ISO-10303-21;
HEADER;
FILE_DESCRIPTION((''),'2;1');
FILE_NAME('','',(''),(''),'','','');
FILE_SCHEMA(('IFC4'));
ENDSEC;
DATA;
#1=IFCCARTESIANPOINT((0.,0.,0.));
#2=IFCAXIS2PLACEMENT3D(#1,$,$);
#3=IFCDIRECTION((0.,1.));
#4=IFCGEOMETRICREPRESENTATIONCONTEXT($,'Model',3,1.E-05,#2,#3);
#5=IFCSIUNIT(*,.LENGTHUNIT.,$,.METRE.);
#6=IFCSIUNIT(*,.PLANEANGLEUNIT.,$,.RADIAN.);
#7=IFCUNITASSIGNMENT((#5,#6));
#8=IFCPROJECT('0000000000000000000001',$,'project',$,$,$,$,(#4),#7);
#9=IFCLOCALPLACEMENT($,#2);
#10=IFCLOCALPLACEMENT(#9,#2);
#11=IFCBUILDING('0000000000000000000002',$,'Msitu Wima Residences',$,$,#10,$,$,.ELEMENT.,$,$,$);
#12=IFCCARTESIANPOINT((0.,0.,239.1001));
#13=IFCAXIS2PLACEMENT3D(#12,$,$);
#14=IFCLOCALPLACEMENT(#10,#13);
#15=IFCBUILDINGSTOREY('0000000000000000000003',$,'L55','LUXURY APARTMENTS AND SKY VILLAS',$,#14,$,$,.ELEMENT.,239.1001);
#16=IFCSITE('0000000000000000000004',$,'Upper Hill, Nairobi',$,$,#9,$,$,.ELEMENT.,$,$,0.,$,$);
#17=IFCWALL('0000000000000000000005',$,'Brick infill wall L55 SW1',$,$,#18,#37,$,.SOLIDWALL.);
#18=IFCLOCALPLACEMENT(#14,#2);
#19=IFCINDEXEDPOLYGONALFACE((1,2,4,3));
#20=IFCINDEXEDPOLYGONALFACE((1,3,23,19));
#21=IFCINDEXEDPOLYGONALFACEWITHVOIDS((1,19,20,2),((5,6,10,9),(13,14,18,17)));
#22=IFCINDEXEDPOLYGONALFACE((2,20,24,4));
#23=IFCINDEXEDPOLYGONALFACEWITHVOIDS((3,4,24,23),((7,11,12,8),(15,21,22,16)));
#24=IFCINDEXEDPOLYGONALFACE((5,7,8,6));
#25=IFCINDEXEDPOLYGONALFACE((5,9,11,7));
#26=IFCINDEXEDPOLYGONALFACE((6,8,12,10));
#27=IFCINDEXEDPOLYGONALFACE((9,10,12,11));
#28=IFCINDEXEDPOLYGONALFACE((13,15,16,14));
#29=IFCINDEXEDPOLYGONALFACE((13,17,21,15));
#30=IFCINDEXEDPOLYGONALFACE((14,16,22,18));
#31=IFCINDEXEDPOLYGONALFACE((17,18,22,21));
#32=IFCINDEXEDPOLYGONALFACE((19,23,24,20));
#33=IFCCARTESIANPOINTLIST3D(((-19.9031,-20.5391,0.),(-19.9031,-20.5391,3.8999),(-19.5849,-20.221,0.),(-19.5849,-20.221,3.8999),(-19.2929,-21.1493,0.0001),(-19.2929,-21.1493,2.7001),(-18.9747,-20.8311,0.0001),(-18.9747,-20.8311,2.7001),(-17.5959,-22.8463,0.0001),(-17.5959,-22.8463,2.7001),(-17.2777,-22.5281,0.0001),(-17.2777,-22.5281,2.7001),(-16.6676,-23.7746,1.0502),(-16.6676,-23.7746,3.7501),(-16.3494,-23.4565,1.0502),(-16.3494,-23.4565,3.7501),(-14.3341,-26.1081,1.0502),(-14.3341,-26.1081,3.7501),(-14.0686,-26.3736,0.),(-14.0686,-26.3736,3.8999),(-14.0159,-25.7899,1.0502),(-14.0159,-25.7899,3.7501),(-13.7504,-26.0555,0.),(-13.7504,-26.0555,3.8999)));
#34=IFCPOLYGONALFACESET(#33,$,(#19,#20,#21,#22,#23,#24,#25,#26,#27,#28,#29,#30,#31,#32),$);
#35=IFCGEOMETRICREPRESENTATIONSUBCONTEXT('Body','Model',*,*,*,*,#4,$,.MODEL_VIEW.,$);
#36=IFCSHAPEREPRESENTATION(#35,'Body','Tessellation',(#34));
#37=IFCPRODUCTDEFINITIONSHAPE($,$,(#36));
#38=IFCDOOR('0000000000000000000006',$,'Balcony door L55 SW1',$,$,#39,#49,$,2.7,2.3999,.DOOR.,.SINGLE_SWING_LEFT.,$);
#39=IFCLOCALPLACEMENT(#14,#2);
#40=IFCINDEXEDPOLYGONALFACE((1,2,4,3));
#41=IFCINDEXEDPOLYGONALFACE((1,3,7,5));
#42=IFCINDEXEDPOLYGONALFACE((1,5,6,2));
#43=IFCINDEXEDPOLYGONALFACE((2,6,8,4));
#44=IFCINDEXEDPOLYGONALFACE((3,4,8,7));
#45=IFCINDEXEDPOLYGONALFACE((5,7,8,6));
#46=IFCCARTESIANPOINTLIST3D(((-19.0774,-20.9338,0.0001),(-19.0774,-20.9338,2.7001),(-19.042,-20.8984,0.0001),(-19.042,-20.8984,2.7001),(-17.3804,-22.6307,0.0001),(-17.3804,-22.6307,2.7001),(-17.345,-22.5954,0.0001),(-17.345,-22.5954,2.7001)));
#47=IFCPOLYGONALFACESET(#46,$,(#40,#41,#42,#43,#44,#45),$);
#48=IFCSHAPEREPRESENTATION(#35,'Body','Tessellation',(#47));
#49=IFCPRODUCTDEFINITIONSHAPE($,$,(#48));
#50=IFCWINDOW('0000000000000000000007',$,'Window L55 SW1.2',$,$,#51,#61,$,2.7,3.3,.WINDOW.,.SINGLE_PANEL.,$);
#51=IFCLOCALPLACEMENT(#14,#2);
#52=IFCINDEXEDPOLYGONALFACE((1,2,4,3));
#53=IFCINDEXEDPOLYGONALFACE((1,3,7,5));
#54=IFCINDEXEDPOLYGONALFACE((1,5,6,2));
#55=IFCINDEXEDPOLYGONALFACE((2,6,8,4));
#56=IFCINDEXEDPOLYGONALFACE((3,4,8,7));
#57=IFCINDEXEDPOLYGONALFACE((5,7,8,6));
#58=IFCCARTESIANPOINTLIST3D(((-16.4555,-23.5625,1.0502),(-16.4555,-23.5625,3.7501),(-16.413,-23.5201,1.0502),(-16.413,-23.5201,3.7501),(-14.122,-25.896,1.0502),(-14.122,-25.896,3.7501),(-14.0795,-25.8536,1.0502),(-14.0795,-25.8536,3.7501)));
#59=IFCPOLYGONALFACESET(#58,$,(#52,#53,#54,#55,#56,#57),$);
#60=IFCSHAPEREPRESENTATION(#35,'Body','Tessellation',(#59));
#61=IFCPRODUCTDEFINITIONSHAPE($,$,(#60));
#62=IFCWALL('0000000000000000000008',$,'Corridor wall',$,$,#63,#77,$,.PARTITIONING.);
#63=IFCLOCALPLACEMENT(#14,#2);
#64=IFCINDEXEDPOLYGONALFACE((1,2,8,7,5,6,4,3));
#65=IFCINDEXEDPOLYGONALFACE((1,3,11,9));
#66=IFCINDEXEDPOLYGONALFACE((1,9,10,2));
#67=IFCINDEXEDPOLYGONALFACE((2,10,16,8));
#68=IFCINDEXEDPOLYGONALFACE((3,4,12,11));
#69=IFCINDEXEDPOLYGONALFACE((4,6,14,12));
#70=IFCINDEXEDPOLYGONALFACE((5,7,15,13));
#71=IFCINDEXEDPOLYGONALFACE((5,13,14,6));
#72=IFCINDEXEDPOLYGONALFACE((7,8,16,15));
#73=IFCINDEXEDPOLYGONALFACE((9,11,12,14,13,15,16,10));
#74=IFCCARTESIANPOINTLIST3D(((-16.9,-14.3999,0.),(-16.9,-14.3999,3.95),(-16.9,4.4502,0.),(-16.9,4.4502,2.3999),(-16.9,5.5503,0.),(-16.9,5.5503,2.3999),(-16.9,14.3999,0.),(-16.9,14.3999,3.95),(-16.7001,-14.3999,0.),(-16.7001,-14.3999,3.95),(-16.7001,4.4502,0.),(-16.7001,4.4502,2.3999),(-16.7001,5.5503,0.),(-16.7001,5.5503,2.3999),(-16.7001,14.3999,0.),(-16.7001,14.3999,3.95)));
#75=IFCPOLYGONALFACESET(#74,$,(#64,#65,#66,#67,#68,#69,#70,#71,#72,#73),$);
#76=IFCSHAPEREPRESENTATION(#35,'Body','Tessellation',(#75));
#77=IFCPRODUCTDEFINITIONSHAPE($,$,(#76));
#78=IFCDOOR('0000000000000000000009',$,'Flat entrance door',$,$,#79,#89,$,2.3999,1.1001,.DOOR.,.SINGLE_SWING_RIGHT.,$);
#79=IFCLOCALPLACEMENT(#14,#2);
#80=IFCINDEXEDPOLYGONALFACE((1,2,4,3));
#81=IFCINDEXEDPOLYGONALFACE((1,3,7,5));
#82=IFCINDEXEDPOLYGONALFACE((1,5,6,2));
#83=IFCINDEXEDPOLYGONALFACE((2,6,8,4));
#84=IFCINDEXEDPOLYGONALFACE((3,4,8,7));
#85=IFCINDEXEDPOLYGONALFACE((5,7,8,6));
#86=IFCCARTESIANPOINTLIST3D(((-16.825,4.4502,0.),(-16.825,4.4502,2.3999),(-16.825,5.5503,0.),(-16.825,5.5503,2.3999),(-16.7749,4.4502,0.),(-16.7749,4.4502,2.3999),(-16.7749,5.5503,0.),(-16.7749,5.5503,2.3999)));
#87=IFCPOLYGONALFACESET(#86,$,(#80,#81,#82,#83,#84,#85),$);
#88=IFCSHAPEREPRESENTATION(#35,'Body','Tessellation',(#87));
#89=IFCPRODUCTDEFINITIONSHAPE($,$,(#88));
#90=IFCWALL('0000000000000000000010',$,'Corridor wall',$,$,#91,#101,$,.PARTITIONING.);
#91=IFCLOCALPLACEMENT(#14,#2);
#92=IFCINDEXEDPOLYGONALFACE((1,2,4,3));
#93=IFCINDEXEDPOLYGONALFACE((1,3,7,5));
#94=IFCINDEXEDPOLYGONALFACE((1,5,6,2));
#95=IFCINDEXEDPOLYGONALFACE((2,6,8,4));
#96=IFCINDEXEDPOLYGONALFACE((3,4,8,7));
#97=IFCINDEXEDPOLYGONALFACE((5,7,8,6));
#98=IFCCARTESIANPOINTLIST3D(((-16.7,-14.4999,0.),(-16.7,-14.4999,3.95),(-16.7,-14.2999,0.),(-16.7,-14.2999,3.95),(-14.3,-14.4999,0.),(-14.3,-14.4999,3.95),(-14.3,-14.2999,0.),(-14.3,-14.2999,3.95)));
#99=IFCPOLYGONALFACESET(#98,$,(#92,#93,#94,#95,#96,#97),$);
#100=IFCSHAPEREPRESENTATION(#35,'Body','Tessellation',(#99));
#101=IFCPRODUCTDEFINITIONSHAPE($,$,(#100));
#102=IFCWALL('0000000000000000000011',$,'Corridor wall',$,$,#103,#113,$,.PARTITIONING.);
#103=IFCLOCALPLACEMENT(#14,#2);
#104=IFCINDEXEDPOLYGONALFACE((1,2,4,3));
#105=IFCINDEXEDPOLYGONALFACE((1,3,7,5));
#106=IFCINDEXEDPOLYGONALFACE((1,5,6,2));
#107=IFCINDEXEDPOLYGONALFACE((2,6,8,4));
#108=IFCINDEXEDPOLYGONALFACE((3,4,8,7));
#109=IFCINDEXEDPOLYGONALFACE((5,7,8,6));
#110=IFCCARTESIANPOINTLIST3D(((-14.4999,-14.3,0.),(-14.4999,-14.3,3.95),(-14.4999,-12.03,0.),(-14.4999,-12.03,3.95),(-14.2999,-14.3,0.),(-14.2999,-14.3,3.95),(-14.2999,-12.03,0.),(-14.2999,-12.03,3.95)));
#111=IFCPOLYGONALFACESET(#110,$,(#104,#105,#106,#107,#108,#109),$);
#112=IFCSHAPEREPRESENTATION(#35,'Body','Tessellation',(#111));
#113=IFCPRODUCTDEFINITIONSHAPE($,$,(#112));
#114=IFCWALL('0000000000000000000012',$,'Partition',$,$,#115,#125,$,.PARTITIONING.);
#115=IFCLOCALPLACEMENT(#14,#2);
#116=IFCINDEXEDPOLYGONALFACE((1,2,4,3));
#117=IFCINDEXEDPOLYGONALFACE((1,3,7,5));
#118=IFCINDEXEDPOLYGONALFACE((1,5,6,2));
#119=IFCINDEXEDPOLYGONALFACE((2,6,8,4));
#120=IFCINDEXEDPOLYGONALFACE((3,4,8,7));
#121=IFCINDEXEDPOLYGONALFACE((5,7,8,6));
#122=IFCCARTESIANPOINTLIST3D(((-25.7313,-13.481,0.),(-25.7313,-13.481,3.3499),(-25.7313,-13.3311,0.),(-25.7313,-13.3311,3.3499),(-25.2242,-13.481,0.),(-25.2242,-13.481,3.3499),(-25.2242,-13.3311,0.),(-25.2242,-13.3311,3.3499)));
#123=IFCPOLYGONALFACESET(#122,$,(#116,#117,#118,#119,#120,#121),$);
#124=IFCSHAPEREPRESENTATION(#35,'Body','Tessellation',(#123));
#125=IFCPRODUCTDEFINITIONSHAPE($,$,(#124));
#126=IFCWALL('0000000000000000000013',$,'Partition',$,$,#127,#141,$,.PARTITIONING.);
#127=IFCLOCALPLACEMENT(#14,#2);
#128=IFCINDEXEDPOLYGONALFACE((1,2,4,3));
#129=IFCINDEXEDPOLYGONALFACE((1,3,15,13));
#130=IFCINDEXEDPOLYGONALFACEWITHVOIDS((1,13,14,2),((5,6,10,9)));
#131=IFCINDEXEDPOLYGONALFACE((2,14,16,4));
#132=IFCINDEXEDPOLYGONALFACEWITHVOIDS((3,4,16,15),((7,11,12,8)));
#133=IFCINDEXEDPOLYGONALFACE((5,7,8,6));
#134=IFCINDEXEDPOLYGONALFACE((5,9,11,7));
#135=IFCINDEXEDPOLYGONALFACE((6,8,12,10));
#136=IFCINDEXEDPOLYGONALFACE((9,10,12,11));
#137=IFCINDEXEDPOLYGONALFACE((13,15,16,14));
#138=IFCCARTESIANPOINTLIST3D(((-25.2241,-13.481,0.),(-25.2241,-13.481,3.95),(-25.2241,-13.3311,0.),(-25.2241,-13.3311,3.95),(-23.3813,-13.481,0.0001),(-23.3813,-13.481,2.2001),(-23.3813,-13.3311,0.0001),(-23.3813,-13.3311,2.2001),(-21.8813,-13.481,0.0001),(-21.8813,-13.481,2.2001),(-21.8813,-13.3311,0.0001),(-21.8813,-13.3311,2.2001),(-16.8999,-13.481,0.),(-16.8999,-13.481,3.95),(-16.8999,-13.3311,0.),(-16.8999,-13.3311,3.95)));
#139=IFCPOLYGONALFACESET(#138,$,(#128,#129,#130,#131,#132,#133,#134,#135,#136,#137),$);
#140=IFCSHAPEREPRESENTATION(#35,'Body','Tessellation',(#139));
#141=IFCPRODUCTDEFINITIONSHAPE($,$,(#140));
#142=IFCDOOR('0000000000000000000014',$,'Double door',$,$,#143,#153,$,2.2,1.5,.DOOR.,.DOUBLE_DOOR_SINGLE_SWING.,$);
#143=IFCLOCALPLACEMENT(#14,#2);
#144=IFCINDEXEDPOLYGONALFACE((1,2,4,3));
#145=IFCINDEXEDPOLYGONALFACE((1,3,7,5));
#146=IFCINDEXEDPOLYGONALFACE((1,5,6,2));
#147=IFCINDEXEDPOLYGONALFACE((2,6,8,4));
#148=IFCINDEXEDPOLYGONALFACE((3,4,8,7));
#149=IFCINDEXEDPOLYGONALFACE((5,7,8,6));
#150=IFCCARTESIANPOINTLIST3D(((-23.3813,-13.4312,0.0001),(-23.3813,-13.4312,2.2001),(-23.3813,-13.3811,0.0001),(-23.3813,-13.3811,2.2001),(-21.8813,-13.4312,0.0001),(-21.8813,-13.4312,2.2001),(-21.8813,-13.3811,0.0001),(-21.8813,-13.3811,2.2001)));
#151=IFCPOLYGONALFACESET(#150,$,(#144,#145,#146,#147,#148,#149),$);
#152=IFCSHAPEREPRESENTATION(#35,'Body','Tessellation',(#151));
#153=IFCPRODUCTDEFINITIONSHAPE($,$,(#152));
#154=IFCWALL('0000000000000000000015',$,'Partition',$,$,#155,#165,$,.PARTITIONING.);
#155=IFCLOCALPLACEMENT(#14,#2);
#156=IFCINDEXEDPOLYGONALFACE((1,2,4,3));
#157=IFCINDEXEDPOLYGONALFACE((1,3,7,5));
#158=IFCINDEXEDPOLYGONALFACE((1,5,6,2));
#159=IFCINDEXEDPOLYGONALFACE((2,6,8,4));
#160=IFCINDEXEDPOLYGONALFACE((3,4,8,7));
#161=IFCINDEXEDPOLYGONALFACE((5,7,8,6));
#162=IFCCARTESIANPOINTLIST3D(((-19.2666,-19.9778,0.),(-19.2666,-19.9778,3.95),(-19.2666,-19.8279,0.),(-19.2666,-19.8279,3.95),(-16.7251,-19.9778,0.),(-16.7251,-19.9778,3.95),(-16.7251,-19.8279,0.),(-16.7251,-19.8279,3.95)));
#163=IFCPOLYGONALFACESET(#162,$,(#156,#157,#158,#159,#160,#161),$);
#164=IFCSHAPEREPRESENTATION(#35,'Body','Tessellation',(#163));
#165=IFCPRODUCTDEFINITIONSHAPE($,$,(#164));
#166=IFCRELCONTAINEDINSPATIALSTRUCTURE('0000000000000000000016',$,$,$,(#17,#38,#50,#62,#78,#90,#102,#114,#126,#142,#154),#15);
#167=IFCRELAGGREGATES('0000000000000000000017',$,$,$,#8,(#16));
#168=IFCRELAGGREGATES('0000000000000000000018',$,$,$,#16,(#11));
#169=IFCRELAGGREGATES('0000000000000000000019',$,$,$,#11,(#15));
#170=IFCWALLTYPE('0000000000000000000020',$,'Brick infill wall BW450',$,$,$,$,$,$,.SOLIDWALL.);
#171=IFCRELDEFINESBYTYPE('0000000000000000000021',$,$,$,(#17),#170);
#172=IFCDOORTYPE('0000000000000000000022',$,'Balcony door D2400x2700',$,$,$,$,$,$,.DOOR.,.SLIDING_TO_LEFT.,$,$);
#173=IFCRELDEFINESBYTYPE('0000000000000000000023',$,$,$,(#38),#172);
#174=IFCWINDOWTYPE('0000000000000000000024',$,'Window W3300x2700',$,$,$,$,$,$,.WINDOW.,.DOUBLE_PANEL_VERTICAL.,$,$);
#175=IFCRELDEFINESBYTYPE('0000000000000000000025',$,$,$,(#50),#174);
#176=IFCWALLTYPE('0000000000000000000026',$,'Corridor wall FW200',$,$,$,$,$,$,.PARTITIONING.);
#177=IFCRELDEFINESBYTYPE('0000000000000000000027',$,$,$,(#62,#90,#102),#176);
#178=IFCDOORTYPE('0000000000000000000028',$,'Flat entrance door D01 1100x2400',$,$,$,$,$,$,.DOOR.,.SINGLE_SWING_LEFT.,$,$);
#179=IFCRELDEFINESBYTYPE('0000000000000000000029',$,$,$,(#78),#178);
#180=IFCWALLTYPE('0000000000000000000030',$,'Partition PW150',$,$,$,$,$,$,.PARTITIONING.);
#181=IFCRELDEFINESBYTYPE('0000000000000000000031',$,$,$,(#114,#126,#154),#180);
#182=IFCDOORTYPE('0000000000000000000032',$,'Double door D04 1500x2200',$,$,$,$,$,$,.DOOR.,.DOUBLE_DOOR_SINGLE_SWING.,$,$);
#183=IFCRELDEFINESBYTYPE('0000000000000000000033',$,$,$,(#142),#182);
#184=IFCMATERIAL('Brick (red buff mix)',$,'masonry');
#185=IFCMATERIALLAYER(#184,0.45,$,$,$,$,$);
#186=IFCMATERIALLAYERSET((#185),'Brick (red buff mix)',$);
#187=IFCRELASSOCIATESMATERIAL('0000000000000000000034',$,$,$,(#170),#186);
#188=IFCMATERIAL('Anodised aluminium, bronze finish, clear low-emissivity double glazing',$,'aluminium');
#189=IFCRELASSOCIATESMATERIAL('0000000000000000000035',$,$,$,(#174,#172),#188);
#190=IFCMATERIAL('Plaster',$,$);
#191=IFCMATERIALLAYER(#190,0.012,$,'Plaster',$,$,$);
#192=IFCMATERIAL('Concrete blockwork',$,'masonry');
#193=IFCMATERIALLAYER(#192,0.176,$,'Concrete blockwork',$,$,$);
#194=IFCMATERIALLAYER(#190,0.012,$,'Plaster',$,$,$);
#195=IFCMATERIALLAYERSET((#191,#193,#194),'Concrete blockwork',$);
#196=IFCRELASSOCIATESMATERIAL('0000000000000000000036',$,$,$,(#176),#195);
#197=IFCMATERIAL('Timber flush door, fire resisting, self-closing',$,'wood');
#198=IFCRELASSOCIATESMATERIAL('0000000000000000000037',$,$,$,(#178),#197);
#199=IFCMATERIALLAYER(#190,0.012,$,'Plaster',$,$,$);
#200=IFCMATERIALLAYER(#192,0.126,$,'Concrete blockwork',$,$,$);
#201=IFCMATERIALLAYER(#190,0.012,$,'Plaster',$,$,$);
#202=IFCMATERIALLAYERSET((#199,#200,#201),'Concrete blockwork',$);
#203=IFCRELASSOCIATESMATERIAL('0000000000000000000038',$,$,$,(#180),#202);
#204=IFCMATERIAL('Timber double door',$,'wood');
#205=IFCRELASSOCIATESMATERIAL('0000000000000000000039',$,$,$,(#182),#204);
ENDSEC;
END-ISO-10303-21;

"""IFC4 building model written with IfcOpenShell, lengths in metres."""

from ifc_helpers import new_model, si_unit, direction, frame, frame_2d, origin, place, context, subcontext, project, spatial, rectangle, extrude, material, layer, layer_set, type_object, element, fill, save


model = new_model("IFC4")

# Units and contexts
model_context = context("Model", 3, precision=1e-05, world=origin(), true_north=direction((0.0, 1.0)))
body_context = subcontext(model_context, "Body", "Model", "MODEL_VIEW")
ifc_project = project(units=[si_unit("LENGTHUNIT", "METRE"), si_unit("PLANEANGLEUNIT", "RADIAN")], contexts=[model_context])

# Site, building, storey
site_placement = place(None, origin())
site = spatial("IfcSite", under=ifc_project, at=site_placement, Name="Upper Hill, Nairobi", CompositionType="ELEMENT", RefElevation=0.0)
building_placement = place(site_placement, origin())
building = spatial("IfcBuilding", under=site, at=building_placement, Name="Msitu Wima Residences", CompositionType="ELEMENT")
storey_placement = place(building_placement, frame((0.0, 0.0, 239.1001)))
storey = spatial("IfcBuildingStorey", under=building, at=storey_placement, Name="L55", Description="LUXURY APARTMENTS AND SKY VILLAS", CompositionType="ELEMENT", Elevation=239.1001)

# Shared definitions
ifc_material_1 = material(Name="Brick (red buff mix)", Category="masonry")
ifc_layer_1 = layer(ifc_material_1, 0.45)
ifc_layer_set_1 = layer_set([ifc_layer_1], Name="Brick (red buff mix)")
wall_type_1 = type_object("IfcWallType", Name="Brick infill wall BW450", PredefinedType="SOLIDWALL", material=ifc_layer_set_1)
ifc_material_2 = material(Name="Anodised aluminium, bronze finish, clear low-emissivity double glazing", Category="aluminium")
window_type = type_object("IfcWindowType", Name="Window W3300x2700", PartitioningType="DOUBLE_PANEL_VERTICAL", PredefinedType="WINDOW", material=ifc_material_2)

# Wall, openings, door, window
wall_1_placement = place(storey_placement, frame((-19.7439, -20.3801, 0.0), z_axis=(0.0, 0.0, 1.0), x_axis=(0.707107, -0.707107, 0.0)))
wall_1 = element("IfcWall", 1, at=wall_1_placement, inside=storey, type_object=wall_type_1, Name="Brick infill wall L55 SW1", PredefinedType="SOLIDWALL", context=body_context, shape_type="SweptSolid", body=[
    extrude(rectangle(XDim=8.2512, YDim=0.45, at=frame_2d((4.1255, 0.0))), origin(), (0.0, 0.0, 1.0), 3.8999),
])
opening_1_placement = place(wall_1_placement, frame((0.8628, 0.0, 0.0)))
opening_1 = element("IfcOpeningElement", 2, at=opening_1_placement, cuts=wall_1, PredefinedType="OPENING", context=body_context, shape_type="SweptSolid", body=[
    extrude(rectangle(XDim=2.3999, YDim=2.7, at=frame_2d((1.2, 1.3501))), frame((0.0, 0.2349, 0.0), z_axis=(0.0, -1.0, 0.0), x_axis=(1.0, 0.0, 0.0)), (0.0, 0.0, 1.0), 0.47),
])
opening_2_placement = place(wall_1_placement, frame((4.5757, 0.0, 1.05)))
opening_2 = element("IfcOpeningElement", 3, at=opening_2_placement, cuts=wall_1, PredefinedType="OPENING", context=body_context, shape_type="SweptSolid", body=[
    extrude(rectangle(XDim=3.3, YDim=2.7, at=frame_2d((1.6499, 1.3501))), frame((0.0, 0.2349, 0.0), z_axis=(0.0, -1.0, 0.0), x_axis=(1.0, 0.0, 0.0)), (0.0, 0.0, 1.0), 0.47),
])
door_type_1 = type_object("IfcDoorType", Name="Balcony door D2400x2700", OperationType="SLIDING_TO_LEFT", PredefinedType="DOOR", material=ifc_material_2)
door_1_placement = place(opening_1_placement, origin())
door_1 = element("IfcDoor", 4, at=door_1_placement, inside=storey, type_object=door_type_1, Name="Balcony door L55 SW1", OperationType="SINGLE_SWING_LEFT", OverallHeight=2.7, OverallWidth=2.3999, PredefinedType="DOOR", context=body_context, shape_type="SweptSolid", body=[
    extrude(rectangle(XDim=2.3999, YDim=2.7, at=frame_2d((1.2, 1.3501))), frame((0.0, 0.1299, 0.0), z_axis=(0.0, -1.0, 0.0), x_axis=(1.0, 0.0, 0.0)), (0.0, 0.0, 1.0), 0.05),
])
fill(opening_1, door_1)
window_1_placement = place(opening_2_placement, origin())
window_1 = element("IfcWindow", 5, at=window_1_placement, inside=storey, type_object=window_type, Name="Window L55 SW1.2", OverallHeight=2.7, OverallWidth=3.3, PartitioningType="SINGLE_PANEL", PredefinedType="WINDOW", context=body_context, shape_type="SweptSolid", body=[
    extrude(rectangle(XDim=3.3, YDim=2.7, at=frame_2d((1.6499, 1.3501))), frame((0.0, 0.135, 0.0), z_axis=(0.0, -1.0, 0.0), x_axis=(1.0, 0.0, 0.0)), (0.0, 0.0, 1.0), 0.0601),
])
fill(opening_2, window_1)

# Wall, opening, door
ifc_material_3 = material(Name="Plaster")
ifc_layer_2 = layer(ifc_material_3, 0.012, Name="Plaster")
ifc_material_4 = material(Name="Concrete blockwork", Category="masonry")
ifc_layer_3 = layer(ifc_material_4, 0.176, Name="Concrete blockwork")
ifc_layer_4 = layer(ifc_material_3, 0.012, Name="Plaster")
ifc_layer_set_2 = layer_set([ifc_layer_2, ifc_layer_3, ifc_layer_4], Name="Concrete blockwork")
wall_type_2 = type_object("IfcWallType", Name="Corridor wall FW200", PredefinedType="PARTITIONING", material=ifc_layer_set_2)
wall_2_placement = place(storey_placement, frame((-16.8, -14.3999, 0.0), z_axis=(0.0, 0.0, 1.0), x_axis=(0.0, 1.0, 0.0)))
wall_2 = element("IfcWall", 6, at=wall_2_placement, inside=storey, type_object=wall_type_2, Name="Corridor wall", PredefinedType="PARTITIONING", context=body_context, shape_type="SweptSolid", body=[
    extrude(rectangle(XDim=28.7998, YDim=0.2, at=frame_2d((14.3999, 0.0))), origin(), (0.0, 0.0, 1.0), 3.95),
])
opening_3_placement = place(wall_2_placement, frame((18.8501, 0.0, 0.0)))
opening_3 = element("IfcOpeningElement", 7, at=opening_3_placement, cuts=wall_2, PredefinedType="OPENING", context=body_context, shape_type="SweptSolid", body=[
    extrude(rectangle(XDim=1.1001, YDim=2.3999, at=frame_2d((0.55, 1.2))), frame((0.0, 0.1099, 0.0), z_axis=(0.0, -1.0, 0.0), x_axis=(1.0, 0.0, 0.0)), (0.0, 0.0, 1.0), 0.22),
])
ifc_material_5 = material(Name="Timber flush door, fire resisting, self-closing", Category="wood")
door_type_2 = type_object("IfcDoorType", Name="Flat entrance door D01 1100x2400", OperationType="SINGLE_SWING_LEFT", PredefinedType="DOOR", material=ifc_material_5)
door_2_placement = place(opening_3_placement, origin())
door_2 = element("IfcDoor", 8, at=door_2_placement, inside=storey, type_object=door_type_2, Name="Flat entrance door", OperationType="SINGLE_SWING_RIGHT", OverallHeight=2.3999, OverallWidth=1.1001, PredefinedType="DOOR", context=body_context, shape_type="SweptSolid", body=[
    extrude(rectangle(XDim=1.1001, YDim=2.3999, at=frame_2d((0.55, 1.2))), frame((0.0, 0.0249, 0.0), z_axis=(0.0, -1.0, 0.0), x_axis=(1.0, 0.0, 0.0)), (0.0, 0.0, 1.0), 0.05),
])
fill(opening_3, door_2)

# Walls
wall_3_placement = place(storey_placement, frame((-16.7, -14.3999, 0.0), z_axis=(0.0, 0.0, 1.0), x_axis=(1.0, 0.0, 0.0)))
element("IfcWall", 9, at=wall_3_placement, inside=storey, type_object=wall_type_2, Name="Corridor wall", PredefinedType="PARTITIONING", context=body_context, shape_type="SweptSolid", body=[
    extrude(rectangle(XDim=2.3999, YDim=0.2, at=frame_2d((1.2, 0.0))), origin(), (0.0, 0.0, 1.0), 3.95),
])
wall_4_placement = place(storey_placement, frame((-14.3999, -14.3, 0.0), z_axis=(0.0, 0.0, 1.0), x_axis=(0.0, 1.0, 0.0)))
element("IfcWall", 10, at=wall_4_placement, inside=storey, type_object=wall_type_2, Name="Corridor wall", PredefinedType="PARTITIONING", context=body_context, shape_type="SweptSolid", body=[
    extrude(rectangle(XDim=2.27, YDim=0.2, at=frame_2d((1.135, 0.0))), origin(), (0.0, 0.0, 1.0), 3.95),
])
ifc_layer_5 = layer(ifc_material_3, 0.012, Name="Plaster")
ifc_layer_6 = layer(ifc_material_4, 0.126, Name="Concrete blockwork")
ifc_layer_7 = layer(ifc_material_3, 0.012, Name="Plaster")
ifc_layer_set_3 = layer_set([ifc_layer_5, ifc_layer_6, ifc_layer_7], Name="Concrete blockwork")
wall_type_3 = type_object("IfcWallType", Name="Partition PW150", PredefinedType="PARTITIONING", material=ifc_layer_set_3)
wall_5_placement = place(storey_placement, frame((-25.7312, -13.406, 0.0), z_axis=(0.0, 0.0, 1.0), x_axis=(1.0, 0.0, 0.0)))
element("IfcWall", 11, at=wall_5_placement, inside=storey, type_object=wall_type_3, Name="Partition", PredefinedType="PARTITIONING", context=body_context, shape_type="SweptSolid", body=[
    extrude(rectangle(XDim=0.5071, YDim=0.1499, at=frame_2d((0.2534, 0.0))), origin(), (0.0, 0.0, 1.0), 3.3499),
])

# Wall, opening, door
wall_6_placement = place(storey_placement, frame((-25.2241, -13.406, 0.0), z_axis=(0.0, 0.0, 1.0), x_axis=(1.0, 0.0, 0.0)))
wall_6 = element("IfcWall", 12, at=wall_6_placement, inside=storey, type_object=wall_type_3, Name="Partition", PredefinedType="PARTITIONING", context=body_context, shape_type="SweptSolid", body=[
    extrude(rectangle(XDim=8.3242, YDim=0.1499, at=frame_2d((4.1621, 0.0))), origin(), (0.0, 0.0, 1.0), 3.95),
])
opening_4_placement = place(wall_6_placement, frame((1.8428, 0.0, 0.0)))
opening_4 = element("IfcOpeningElement", 13, at=opening_4_placement, cuts=wall_6, PredefinedType="OPENING", context=body_context, shape_type="SweptSolid", body=[
    extrude(rectangle(XDim=1.5, YDim=2.2, at=frame_2d((0.75, 1.1001))), frame((0.0, 0.085, 0.0), z_axis=(0.0, -1.0, 0.0), x_axis=(1.0, 0.0, 0.0)), (0.0, 0.0, 1.0), 0.1699),
])
ifc_material_6 = material(Name="Timber double door", Category="wood")
door_type_3 = type_object("IfcDoorType", Name="Double door D04 1500x2200", OperationType="DOUBLE_DOOR_SINGLE_SWING", PredefinedType="DOOR", material=ifc_material_6)
door_3_placement = place(opening_4_placement, origin())
door_3 = element("IfcDoor", 14, at=door_3_placement, inside=storey, type_object=door_type_3, Name="Double door", OperationType="DOUBLE_DOOR_SINGLE_SWING", OverallHeight=2.2, OverallWidth=1.5, PredefinedType="DOOR", context=body_context, shape_type="SweptSolid", body=[
    extrude(rectangle(XDim=1.5, YDim=2.2, at=frame_2d((0.75, 1.1001))), frame((0.0, 0.0249, 0.0), z_axis=(0.0, -1.0, 0.0), x_axis=(1.0, 0.0, 0.0)), (0.0, 0.0, 1.0), 0.05),
])
fill(opening_4, door_3)

# Wall
wall_7_placement = place(storey_placement, frame((-19.2666, -19.9028, 0.0), z_axis=(0.0, 0.0, 1.0), x_axis=(1.0, 0.0, 0.0)))
element("IfcWall", 15, at=wall_7_placement, inside=storey, type_object=wall_type_3, Name="Partition", PredefinedType="PARTITIONING", context=body_context, shape_type="SweptSolid", body=[
    extrude(rectangle(XDim=2.5415, YDim=0.1499, at=frame_2d((1.2708, 0.0))), origin(), (0.0, 0.0, 1.0), 3.95),
])

save(model, "model.ifc")
